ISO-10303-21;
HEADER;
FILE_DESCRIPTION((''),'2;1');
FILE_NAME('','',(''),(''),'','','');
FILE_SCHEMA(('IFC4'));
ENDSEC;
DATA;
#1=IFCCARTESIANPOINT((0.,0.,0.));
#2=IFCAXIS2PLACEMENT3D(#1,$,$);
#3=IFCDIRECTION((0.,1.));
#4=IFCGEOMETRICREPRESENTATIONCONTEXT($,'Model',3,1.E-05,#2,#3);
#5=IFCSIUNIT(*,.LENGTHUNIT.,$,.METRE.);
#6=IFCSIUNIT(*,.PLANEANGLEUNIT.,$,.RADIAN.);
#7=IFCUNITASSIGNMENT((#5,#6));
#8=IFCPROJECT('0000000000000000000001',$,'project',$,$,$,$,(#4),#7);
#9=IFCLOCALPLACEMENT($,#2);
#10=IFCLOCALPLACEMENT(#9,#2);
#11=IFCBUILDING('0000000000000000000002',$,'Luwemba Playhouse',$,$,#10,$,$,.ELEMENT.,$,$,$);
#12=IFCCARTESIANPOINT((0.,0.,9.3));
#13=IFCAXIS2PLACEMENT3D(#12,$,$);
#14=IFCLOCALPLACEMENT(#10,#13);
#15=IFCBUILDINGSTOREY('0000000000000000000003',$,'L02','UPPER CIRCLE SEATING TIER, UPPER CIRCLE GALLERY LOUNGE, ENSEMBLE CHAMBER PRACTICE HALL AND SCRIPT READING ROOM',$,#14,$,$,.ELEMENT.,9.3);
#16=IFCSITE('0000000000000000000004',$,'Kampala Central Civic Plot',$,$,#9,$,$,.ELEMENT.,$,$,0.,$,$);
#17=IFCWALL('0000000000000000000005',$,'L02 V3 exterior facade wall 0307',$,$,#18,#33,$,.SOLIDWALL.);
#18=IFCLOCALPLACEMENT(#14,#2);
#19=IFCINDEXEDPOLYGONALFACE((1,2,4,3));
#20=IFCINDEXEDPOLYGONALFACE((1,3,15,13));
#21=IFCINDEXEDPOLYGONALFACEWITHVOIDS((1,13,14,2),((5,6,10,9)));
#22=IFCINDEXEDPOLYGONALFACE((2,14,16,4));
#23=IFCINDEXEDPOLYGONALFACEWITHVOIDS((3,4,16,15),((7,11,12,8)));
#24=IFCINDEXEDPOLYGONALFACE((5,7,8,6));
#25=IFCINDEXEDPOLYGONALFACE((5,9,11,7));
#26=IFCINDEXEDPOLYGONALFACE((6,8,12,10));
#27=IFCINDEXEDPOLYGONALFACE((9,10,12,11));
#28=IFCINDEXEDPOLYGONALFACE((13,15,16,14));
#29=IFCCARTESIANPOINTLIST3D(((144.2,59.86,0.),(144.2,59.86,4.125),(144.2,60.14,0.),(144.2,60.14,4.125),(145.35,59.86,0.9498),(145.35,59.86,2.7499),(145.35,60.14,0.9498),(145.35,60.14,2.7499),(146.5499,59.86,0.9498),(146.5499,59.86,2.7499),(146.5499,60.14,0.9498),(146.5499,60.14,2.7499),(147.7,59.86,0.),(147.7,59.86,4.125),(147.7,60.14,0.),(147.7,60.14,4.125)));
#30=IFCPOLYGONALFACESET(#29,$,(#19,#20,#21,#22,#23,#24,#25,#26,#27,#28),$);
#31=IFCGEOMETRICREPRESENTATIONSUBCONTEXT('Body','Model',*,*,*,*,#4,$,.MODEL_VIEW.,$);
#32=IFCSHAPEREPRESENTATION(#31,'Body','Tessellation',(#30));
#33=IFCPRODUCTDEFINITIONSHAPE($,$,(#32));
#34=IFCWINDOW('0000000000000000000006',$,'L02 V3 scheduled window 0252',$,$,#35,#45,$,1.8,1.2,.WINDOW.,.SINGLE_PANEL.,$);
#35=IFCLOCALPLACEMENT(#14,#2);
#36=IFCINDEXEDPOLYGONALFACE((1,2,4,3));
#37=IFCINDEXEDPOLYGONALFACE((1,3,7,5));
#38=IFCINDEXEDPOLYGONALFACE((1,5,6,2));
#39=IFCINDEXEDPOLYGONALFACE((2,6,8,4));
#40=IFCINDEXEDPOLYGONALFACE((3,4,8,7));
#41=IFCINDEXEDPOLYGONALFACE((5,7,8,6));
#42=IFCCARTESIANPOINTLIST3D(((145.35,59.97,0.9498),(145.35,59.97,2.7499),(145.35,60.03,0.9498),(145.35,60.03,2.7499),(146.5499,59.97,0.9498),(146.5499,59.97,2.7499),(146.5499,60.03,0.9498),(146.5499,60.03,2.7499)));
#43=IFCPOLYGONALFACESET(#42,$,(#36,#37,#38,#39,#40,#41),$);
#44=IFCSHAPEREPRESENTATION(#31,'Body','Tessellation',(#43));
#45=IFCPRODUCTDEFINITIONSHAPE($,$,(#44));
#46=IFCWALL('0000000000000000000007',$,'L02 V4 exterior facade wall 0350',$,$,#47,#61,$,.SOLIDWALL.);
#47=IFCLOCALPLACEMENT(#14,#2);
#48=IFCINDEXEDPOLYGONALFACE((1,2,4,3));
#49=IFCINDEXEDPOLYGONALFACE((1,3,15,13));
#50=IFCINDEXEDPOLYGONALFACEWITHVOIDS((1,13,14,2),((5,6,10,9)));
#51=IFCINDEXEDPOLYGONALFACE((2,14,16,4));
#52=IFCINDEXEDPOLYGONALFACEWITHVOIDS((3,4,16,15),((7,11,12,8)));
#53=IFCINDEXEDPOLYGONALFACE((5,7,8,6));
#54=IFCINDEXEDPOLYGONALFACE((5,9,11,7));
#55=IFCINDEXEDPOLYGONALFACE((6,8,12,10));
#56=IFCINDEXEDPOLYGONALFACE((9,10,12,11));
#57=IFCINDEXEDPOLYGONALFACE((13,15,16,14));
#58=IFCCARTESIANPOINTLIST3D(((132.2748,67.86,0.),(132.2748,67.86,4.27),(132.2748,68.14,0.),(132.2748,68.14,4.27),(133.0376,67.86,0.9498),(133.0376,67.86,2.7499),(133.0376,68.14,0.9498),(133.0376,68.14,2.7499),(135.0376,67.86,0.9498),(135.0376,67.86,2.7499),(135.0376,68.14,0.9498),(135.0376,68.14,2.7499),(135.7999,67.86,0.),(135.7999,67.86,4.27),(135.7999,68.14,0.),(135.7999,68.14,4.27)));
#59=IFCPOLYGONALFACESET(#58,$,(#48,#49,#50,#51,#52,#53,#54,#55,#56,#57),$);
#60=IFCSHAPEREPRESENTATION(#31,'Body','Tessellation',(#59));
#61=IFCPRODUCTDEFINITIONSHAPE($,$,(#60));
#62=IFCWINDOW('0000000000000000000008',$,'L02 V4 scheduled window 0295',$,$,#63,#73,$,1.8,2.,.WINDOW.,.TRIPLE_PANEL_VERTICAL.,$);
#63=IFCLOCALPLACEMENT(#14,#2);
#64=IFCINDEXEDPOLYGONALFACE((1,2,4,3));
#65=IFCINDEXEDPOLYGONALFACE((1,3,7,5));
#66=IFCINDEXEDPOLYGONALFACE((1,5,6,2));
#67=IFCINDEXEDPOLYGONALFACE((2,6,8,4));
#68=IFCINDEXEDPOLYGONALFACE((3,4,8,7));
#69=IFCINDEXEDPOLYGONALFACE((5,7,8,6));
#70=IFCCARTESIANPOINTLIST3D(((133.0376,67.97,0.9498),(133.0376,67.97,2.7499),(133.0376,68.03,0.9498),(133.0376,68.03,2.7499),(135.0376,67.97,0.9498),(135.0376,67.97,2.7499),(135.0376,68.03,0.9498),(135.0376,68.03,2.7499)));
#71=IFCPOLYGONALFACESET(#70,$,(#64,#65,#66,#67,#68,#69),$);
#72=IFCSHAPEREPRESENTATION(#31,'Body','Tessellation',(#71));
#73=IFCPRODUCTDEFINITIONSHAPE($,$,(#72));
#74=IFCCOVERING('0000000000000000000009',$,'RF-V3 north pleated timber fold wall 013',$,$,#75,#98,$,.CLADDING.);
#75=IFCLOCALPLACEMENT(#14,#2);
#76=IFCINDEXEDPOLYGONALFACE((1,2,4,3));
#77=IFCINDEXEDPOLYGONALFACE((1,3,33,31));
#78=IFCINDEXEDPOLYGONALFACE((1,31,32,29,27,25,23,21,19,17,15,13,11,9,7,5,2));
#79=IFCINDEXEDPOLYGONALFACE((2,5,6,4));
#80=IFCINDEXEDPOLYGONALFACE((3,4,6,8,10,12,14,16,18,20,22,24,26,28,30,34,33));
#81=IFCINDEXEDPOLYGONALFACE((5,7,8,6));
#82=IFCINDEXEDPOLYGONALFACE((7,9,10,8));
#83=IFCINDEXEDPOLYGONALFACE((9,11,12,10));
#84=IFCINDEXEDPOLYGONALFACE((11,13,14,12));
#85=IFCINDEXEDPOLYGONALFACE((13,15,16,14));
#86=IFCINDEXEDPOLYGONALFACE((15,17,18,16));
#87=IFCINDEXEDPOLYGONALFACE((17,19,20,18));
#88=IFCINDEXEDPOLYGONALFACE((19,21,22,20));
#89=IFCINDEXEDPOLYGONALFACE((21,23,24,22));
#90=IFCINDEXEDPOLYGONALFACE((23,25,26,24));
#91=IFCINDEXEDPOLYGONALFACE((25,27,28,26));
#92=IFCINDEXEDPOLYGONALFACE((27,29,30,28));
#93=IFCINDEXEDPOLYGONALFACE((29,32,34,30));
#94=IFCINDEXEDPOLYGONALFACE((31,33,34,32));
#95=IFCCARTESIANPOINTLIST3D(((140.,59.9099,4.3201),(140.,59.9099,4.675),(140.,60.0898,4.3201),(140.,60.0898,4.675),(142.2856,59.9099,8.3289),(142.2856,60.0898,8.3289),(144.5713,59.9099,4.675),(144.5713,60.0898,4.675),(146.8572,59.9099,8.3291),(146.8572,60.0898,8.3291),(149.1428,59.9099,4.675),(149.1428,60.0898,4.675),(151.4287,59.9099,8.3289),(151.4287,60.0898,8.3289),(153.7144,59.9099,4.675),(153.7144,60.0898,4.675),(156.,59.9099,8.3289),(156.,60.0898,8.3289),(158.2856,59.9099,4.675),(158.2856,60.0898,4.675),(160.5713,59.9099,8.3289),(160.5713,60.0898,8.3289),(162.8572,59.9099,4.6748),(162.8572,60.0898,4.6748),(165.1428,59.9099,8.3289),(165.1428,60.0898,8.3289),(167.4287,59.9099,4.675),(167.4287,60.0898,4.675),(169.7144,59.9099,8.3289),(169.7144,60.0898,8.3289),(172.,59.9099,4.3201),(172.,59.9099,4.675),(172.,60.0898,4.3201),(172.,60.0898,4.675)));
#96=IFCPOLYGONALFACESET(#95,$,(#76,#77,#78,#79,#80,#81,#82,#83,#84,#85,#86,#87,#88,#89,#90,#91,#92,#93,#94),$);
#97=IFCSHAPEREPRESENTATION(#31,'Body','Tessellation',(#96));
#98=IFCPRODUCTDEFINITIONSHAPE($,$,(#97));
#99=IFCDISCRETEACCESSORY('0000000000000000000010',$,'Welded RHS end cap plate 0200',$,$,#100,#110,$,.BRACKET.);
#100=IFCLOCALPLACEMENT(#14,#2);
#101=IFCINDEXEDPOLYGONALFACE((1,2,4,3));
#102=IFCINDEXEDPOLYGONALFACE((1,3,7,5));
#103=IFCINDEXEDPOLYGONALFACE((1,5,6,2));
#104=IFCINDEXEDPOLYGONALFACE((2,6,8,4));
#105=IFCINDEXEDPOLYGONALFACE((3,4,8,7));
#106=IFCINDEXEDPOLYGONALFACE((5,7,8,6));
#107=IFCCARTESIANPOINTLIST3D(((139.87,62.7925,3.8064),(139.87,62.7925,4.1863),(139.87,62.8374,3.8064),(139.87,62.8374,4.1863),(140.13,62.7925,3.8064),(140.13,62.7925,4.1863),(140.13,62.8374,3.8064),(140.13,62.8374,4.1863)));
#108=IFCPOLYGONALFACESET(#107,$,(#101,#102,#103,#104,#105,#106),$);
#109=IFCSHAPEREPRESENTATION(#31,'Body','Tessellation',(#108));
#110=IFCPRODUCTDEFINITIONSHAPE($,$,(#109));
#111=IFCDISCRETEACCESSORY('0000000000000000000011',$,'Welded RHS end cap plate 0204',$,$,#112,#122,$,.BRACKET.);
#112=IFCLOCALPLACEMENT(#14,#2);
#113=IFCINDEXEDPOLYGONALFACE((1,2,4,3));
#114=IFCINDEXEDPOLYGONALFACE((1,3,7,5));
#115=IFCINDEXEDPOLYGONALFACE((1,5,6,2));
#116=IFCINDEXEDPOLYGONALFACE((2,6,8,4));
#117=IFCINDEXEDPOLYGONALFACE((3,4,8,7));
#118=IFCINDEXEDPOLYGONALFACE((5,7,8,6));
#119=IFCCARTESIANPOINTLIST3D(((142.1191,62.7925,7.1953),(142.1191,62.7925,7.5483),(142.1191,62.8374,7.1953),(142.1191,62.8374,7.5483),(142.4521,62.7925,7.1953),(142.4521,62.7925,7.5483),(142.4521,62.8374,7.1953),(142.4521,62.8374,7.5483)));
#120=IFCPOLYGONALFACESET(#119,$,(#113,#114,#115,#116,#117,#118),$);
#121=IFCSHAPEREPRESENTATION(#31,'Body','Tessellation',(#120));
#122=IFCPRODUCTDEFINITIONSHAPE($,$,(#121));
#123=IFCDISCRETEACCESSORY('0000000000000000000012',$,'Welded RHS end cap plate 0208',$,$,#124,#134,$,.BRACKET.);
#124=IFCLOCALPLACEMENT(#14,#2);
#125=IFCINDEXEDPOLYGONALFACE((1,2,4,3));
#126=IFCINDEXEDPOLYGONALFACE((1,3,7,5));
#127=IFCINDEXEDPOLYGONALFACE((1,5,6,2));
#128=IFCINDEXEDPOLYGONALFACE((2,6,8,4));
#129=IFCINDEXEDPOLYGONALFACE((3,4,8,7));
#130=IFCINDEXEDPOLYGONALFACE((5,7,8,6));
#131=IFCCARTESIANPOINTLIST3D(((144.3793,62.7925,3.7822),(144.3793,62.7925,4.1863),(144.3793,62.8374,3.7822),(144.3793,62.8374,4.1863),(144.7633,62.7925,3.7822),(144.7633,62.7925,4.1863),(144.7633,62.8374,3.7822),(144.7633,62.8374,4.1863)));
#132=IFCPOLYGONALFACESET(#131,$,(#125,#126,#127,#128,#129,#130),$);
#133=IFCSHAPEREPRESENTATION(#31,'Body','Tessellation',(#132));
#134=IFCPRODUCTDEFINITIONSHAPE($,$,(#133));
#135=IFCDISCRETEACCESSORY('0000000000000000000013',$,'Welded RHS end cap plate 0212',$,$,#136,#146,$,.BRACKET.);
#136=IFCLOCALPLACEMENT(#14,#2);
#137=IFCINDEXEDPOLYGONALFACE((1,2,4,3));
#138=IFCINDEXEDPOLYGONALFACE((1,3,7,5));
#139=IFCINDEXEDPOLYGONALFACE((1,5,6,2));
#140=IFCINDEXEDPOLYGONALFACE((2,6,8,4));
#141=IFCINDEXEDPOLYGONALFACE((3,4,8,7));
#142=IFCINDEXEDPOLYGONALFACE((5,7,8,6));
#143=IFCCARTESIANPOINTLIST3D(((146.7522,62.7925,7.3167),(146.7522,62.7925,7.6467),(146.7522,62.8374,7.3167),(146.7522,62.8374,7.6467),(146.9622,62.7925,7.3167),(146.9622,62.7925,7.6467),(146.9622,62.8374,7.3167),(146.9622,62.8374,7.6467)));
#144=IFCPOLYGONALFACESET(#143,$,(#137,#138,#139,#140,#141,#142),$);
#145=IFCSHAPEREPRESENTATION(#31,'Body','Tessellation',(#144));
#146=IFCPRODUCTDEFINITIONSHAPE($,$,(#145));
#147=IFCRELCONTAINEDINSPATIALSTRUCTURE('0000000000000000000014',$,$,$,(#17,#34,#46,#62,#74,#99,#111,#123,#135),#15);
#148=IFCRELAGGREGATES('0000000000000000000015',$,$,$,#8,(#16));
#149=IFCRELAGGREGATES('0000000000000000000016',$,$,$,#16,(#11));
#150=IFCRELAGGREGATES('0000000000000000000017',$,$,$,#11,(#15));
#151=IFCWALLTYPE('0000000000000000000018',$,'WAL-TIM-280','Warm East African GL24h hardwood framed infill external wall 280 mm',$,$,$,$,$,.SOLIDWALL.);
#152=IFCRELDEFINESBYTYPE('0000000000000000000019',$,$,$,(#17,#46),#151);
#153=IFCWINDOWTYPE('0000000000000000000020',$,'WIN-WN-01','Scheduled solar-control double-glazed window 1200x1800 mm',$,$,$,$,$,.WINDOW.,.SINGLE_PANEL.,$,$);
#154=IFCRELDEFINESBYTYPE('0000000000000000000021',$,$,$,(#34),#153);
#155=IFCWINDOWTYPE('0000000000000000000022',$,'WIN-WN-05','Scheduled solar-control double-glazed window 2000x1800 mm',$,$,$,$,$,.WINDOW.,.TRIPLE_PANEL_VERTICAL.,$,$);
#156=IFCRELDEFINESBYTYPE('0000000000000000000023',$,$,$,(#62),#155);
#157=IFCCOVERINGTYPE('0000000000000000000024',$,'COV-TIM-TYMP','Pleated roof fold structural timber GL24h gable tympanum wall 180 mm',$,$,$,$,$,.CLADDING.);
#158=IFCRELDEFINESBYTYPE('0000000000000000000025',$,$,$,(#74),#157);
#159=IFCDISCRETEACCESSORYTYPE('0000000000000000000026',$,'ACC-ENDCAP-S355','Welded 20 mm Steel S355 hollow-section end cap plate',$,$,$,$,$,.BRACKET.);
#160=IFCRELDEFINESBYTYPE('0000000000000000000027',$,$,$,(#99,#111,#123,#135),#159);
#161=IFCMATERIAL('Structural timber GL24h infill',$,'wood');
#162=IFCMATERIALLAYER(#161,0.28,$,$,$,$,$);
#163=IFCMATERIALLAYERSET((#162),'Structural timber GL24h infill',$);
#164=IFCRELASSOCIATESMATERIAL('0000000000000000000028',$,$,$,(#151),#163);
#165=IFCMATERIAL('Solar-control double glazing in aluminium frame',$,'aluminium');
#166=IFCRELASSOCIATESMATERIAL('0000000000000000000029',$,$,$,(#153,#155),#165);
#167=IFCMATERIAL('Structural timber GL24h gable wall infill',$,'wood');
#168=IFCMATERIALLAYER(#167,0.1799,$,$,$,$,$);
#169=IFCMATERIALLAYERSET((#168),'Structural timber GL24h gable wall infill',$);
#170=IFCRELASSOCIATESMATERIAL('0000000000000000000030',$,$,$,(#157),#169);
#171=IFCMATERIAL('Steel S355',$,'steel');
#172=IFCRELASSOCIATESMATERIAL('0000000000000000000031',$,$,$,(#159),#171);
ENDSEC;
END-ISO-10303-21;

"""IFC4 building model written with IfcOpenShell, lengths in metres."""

from ifc_helpers import new_model, si_unit, direction, frame, frame_2d, origin, origin_2d, place, context, subcontext, project, spatial, polyline, rectangle, outline, extrude, material, layer, layer_set, type_object, element, fill, save


model = new_model("IFC4")

# Units and contexts
model_context = context("Model", 3, precision=1e-05, world=origin(), true_north=direction((0.0, 1.0)))
body_context = subcontext(model_context, "Body", "Model", "MODEL_VIEW")
ifc_project = project(units=[si_unit("LENGTHUNIT", "METRE"), si_unit("PLANEANGLEUNIT", "RADIAN")], contexts=[model_context])

# Site, building, storey
site_placement = place(None, origin())
site = spatial("IfcSite", under=ifc_project, at=site_placement, Name="Kampala Central Civic Plot", CompositionType="ELEMENT", RefElevation=0.0)
building_placement = place(site_placement, origin())
building = spatial("IfcBuilding", under=site, at=building_placement, Name="Luwemba Playhouse", CompositionType="ELEMENT")
storey_placement = place(building_placement, frame((0.0, 0.0, 9.3)))
storey = spatial("IfcBuildingStorey", under=building, at=storey_placement, Name="L02", Description="UPPER CIRCLE SEATING TIER, UPPER CIRCLE GALLERY LOUNGE, ENSEMBLE CHAMBER PRACTICE HALL AND SCRIPT READING ROOM", CompositionType="ELEMENT", Elevation=9.3)

# Shared definitions
ifc_material_1 = material(Name="Steel S355", Category="steel")

# Walls, openings, windows
ifc_material_2 = material(Name="Solar-control double glazing in aluminium frame", Category="aluminium")
ifc_material_3 = material(Name="Structural timber GL24h infill", Category="wood")
ifc_layer_1 = layer(ifc_material_3, 0.28)
ifc_layer_set_1 = layer_set([ifc_layer_1], Name="Structural timber GL24h infill")
wall_type_1 = type_object("IfcWallType", Name="WAL-TIM-280", Description="Warm East African GL24h hardwood framed infill external wall 280 mm", PredefinedType="SOLIDWALL", material=ifc_layer_set_1)
wall_1_placement = place(storey_placement, frame((144.2, 60.0, 0.0), z_axis=(0.0, 0.0, 1.0), x_axis=(1.0, 0.0, 0.0)))
wall_1 = element("IfcWall", 1, at=wall_1_placement, inside=storey, type_object=wall_type_1, Name="L02 V3 exterior facade wall 0307", PredefinedType="SOLIDWALL", context=body_context, shape_type="SweptSolid", body=[
    extrude(rectangle(XDim=3.5, YDim=0.28, at=frame_2d((1.75, 0.0))), origin(), (0.0, 0.0, 1.0), 4.125),
])
opening_1_placement = place(wall_1_placement, frame((1.1499, 0.0, 0.95)))
opening_1 = element("IfcOpeningElement", 2, at=opening_1_placement, cuts=wall_1, PredefinedType="OPENING", context=body_context, shape_type="SweptSolid", body=[
    extrude(rectangle(XDim=1.2, YDim=1.8, at=frame_2d((0.6001, 0.8999))), frame((0.0, 0.1499, 0.0), z_axis=(0.0, -1.0, 0.0), x_axis=(1.0, 0.0, 0.0)), (0.0, 0.0, 1.0), 0.3),
])
window_type_1 = type_object("IfcWindowType", Name="WIN-WN-01", Description="Scheduled solar-control double-glazed window 1200x1800 mm", PartitioningType="SINGLE_PANEL", PredefinedType="WINDOW", material=ifc_material_2)
window_1_placement = place(opening_1_placement, origin())
window_1 = element("IfcWindow", 3, at=window_1_placement, inside=storey, type_object=window_type_1, Name="L02 V3 scheduled window 0252", OverallHeight=1.8, OverallWidth=1.2, PartitioningType="SINGLE_PANEL", PredefinedType="WINDOW", context=body_context, shape_type="SweptSolid", body=[
    extrude(rectangle(XDim=1.2, YDim=1.8, at=frame_2d((0.6001, 0.8999))), frame((0.0, 0.03, 0.0), z_axis=(0.0, -1.0, 0.0), x_axis=(1.0, 0.0, 0.0)), (0.0, 0.0, 1.0), 0.0601),
])
fill(opening_1, window_1)
wall_2_placement = place(storey_placement, frame((135.8, 68.0, 0.0), z_axis=(0.0, 0.0, 1.0), x_axis=(-1.0, 0.0, 0.0)))
wall_2 = element("IfcWall", 4, at=wall_2_placement, inside=storey, type_object=wall_type_1, Name="L02 V4 exterior facade wall 0350", PredefinedType="SOLIDWALL", context=body_context, shape_type="SweptSolid", body=[
    extrude(rectangle(XDim=3.5251, YDim=0.28, at=frame_2d((1.7627, 0.0))), origin(), (0.0, 0.0, 1.0), 4.27),
])
opening_2_placement = place(wall_2_placement, frame((0.7625, 0.0, 0.95)))
opening_2 = element("IfcOpeningElement", 5, at=opening_2_placement, cuts=wall_2, PredefinedType="OPENING", context=body_context, shape_type="SweptSolid", body=[
    extrude(rectangle(XDim=2.0, YDim=1.8, at=frame_2d((1.0, 0.8999))), frame((0.0, 0.1499, 0.0), z_axis=(0.0, -1.0, 0.0), x_axis=(1.0, 0.0, 0.0)), (0.0, 0.0, 1.0), 0.3),
])
window_type_2 = type_object("IfcWindowType", Name="WIN-WN-05", Description="Scheduled solar-control double-glazed window 2000x1800 mm", PartitioningType="TRIPLE_PANEL_VERTICAL", PredefinedType="WINDOW", material=ifc_material_2)
window_2_placement = place(opening_2_placement, origin())
window_2 = element("IfcWindow", 6, at=window_2_placement, inside=storey, type_object=window_type_2, Name="L02 V4 scheduled window 0295", OverallHeight=1.8, OverallWidth=2.0, PartitioningType="TRIPLE_PANEL_VERTICAL", PredefinedType="WINDOW", context=body_context, shape_type="SweptSolid", body=[
    extrude(rectangle(XDim=2.0, YDim=1.8, at=frame_2d((1.0, 0.8999))), frame((0.0, 0.03, 0.0), z_axis=(0.0, -1.0, 0.0), x_axis=(1.0, 0.0, 0.0)), (0.0, 0.0, 1.0), 0.0601),
])
fill(opening_2, window_2)

# Covering
ifc_material_4 = material(Name="Structural timber GL24h gable wall infill", Category="wood")
ifc_layer_2 = layer(ifc_material_4, 0.1799)
ifc_layer_set_2 = layer_set([ifc_layer_2], Name="Structural timber GL24h gable wall infill")
covering_type = type_object("IfcCoveringType", Name="COV-TIM-TYMP", Description="Pleated roof fold structural timber GL24h gable tympanum wall 180 mm", PredefinedType="CLADDING", material=ifc_layer_set_2)
covering_placement = place(storey_placement, frame((140.0, 60.0, 4.3201), z_axis=(0.0, 0.0, 1.0), x_axis=(1.0, 0.0, 0.0)))
element("IfcCovering", 7, at=covering_placement, inside=storey, type_object=covering_type, Name="RF-V3 north pleated timber fold wall 013", PredefinedType="CLADDING", context=body_context, shape_type="SweptSolid", body=[
    extrude(outline(polyline([(0.0, 0.0), (32.0, 0.0), (32.0, 0.355), (29.7144, 4.0088), (27.4287, 0.355), (25.1428, 4.0088), (22.8572, 0.3547), (20.5713, 4.0088), (18.2856, 0.355), (16.0, 4.0088), (13.7144, 0.355), (11.4287, 4.0088), (9.1428, 0.355), (6.8572, 4.009), (4.5713, 0.355), (2.2856, 4.0088), (0.0, 0.355), (0.0, 0.0)])), frame((0.0, 0.0898, 0.0), z_axis=(0.0, -1.0, 0.0), x_axis=(1.0, 0.0, 0.0)), (0.0, 0.0, 1.0), 0.1799),
])

# Discrete accessories
discrete_accessory_type = type_object("IfcDiscreteAccessoryType", Name="ACC-ENDCAP-S355", Description="Welded 20 mm Steel S355 hollow-section end cap plate", PredefinedType="BRACKET", material=ifc_material_1)
discrete_accessory_1_placement = place(storey_placement, frame((140.0, 62.8149, 3.8064), z_axis=(0.0, 0.0, 1.0), x_axis=(1.0, 0.0, 0.0)))
element("IfcDiscreteAccessory", 8, at=discrete_accessory_1_placement, inside=storey, type_object=discrete_accessory_type, Name="Welded RHS end cap plate 0200", PredefinedType="BRACKET", context=body_context, shape_type="SweptSolid", body=[
    extrude(rectangle(XDim=0.26, YDim=0.0449, at=origin_2d()), origin(), (0.0, 0.0, 1.0), 0.3799),
])
discrete_accessory_2_placement = place(storey_placement, frame((142.2856, 62.8149, 7.1953), z_axis=(0.0, 0.0, 1.0), x_axis=(1.0, 0.0, 0.0)))
element("IfcDiscreteAccessory", 9, at=discrete_accessory_2_placement, inside=storey, type_object=discrete_accessory_type, Name="Welded RHS end cap plate 0204", PredefinedType="BRACKET", context=body_context, shape_type="SweptSolid", body=[
    extrude(rectangle(XDim=0.333, YDim=0.0449, at=origin_2d()), origin(), (0.0, 0.0, 1.0), 0.353),
])
discrete_accessory_3_placement = place(storey_placement, frame((144.5713, 62.8149, 3.7822), z_axis=(0.0, 0.0, 1.0), x_axis=(1.0, 0.0, 0.0)))
element("IfcDiscreteAccessory", 10, at=discrete_accessory_3_placement, inside=storey, type_object=discrete_accessory_type, Name="Welded RHS end cap plate 0208", PredefinedType="BRACKET", context=body_context, shape_type="SweptSolid", body=[
    extrude(rectangle(XDim=0.384, YDim=0.0449, at=origin_2d()), origin(), (0.0, 0.0, 1.0), 0.4041),
])
discrete_accessory_4_placement = place(storey_placement, frame((146.8572, 62.8149, 7.3167), z_axis=(0.0, 0.0, 1.0), x_axis=(1.0, 0.0, 0.0)))
element("IfcDiscreteAccessory", 11, at=discrete_accessory_4_placement, inside=storey, type_object=discrete_accessory_type, Name="Welded RHS end cap plate 0212", PredefinedType="BRACKET", context=body_context, shape_type="SweptSolid", body=[
    extrude(rectangle(XDim=0.21, YDim=0.0449, at=origin_2d()), origin(), (0.0, 0.0, 1.0), 0.3301),
])

save(model, "model.ifc")
